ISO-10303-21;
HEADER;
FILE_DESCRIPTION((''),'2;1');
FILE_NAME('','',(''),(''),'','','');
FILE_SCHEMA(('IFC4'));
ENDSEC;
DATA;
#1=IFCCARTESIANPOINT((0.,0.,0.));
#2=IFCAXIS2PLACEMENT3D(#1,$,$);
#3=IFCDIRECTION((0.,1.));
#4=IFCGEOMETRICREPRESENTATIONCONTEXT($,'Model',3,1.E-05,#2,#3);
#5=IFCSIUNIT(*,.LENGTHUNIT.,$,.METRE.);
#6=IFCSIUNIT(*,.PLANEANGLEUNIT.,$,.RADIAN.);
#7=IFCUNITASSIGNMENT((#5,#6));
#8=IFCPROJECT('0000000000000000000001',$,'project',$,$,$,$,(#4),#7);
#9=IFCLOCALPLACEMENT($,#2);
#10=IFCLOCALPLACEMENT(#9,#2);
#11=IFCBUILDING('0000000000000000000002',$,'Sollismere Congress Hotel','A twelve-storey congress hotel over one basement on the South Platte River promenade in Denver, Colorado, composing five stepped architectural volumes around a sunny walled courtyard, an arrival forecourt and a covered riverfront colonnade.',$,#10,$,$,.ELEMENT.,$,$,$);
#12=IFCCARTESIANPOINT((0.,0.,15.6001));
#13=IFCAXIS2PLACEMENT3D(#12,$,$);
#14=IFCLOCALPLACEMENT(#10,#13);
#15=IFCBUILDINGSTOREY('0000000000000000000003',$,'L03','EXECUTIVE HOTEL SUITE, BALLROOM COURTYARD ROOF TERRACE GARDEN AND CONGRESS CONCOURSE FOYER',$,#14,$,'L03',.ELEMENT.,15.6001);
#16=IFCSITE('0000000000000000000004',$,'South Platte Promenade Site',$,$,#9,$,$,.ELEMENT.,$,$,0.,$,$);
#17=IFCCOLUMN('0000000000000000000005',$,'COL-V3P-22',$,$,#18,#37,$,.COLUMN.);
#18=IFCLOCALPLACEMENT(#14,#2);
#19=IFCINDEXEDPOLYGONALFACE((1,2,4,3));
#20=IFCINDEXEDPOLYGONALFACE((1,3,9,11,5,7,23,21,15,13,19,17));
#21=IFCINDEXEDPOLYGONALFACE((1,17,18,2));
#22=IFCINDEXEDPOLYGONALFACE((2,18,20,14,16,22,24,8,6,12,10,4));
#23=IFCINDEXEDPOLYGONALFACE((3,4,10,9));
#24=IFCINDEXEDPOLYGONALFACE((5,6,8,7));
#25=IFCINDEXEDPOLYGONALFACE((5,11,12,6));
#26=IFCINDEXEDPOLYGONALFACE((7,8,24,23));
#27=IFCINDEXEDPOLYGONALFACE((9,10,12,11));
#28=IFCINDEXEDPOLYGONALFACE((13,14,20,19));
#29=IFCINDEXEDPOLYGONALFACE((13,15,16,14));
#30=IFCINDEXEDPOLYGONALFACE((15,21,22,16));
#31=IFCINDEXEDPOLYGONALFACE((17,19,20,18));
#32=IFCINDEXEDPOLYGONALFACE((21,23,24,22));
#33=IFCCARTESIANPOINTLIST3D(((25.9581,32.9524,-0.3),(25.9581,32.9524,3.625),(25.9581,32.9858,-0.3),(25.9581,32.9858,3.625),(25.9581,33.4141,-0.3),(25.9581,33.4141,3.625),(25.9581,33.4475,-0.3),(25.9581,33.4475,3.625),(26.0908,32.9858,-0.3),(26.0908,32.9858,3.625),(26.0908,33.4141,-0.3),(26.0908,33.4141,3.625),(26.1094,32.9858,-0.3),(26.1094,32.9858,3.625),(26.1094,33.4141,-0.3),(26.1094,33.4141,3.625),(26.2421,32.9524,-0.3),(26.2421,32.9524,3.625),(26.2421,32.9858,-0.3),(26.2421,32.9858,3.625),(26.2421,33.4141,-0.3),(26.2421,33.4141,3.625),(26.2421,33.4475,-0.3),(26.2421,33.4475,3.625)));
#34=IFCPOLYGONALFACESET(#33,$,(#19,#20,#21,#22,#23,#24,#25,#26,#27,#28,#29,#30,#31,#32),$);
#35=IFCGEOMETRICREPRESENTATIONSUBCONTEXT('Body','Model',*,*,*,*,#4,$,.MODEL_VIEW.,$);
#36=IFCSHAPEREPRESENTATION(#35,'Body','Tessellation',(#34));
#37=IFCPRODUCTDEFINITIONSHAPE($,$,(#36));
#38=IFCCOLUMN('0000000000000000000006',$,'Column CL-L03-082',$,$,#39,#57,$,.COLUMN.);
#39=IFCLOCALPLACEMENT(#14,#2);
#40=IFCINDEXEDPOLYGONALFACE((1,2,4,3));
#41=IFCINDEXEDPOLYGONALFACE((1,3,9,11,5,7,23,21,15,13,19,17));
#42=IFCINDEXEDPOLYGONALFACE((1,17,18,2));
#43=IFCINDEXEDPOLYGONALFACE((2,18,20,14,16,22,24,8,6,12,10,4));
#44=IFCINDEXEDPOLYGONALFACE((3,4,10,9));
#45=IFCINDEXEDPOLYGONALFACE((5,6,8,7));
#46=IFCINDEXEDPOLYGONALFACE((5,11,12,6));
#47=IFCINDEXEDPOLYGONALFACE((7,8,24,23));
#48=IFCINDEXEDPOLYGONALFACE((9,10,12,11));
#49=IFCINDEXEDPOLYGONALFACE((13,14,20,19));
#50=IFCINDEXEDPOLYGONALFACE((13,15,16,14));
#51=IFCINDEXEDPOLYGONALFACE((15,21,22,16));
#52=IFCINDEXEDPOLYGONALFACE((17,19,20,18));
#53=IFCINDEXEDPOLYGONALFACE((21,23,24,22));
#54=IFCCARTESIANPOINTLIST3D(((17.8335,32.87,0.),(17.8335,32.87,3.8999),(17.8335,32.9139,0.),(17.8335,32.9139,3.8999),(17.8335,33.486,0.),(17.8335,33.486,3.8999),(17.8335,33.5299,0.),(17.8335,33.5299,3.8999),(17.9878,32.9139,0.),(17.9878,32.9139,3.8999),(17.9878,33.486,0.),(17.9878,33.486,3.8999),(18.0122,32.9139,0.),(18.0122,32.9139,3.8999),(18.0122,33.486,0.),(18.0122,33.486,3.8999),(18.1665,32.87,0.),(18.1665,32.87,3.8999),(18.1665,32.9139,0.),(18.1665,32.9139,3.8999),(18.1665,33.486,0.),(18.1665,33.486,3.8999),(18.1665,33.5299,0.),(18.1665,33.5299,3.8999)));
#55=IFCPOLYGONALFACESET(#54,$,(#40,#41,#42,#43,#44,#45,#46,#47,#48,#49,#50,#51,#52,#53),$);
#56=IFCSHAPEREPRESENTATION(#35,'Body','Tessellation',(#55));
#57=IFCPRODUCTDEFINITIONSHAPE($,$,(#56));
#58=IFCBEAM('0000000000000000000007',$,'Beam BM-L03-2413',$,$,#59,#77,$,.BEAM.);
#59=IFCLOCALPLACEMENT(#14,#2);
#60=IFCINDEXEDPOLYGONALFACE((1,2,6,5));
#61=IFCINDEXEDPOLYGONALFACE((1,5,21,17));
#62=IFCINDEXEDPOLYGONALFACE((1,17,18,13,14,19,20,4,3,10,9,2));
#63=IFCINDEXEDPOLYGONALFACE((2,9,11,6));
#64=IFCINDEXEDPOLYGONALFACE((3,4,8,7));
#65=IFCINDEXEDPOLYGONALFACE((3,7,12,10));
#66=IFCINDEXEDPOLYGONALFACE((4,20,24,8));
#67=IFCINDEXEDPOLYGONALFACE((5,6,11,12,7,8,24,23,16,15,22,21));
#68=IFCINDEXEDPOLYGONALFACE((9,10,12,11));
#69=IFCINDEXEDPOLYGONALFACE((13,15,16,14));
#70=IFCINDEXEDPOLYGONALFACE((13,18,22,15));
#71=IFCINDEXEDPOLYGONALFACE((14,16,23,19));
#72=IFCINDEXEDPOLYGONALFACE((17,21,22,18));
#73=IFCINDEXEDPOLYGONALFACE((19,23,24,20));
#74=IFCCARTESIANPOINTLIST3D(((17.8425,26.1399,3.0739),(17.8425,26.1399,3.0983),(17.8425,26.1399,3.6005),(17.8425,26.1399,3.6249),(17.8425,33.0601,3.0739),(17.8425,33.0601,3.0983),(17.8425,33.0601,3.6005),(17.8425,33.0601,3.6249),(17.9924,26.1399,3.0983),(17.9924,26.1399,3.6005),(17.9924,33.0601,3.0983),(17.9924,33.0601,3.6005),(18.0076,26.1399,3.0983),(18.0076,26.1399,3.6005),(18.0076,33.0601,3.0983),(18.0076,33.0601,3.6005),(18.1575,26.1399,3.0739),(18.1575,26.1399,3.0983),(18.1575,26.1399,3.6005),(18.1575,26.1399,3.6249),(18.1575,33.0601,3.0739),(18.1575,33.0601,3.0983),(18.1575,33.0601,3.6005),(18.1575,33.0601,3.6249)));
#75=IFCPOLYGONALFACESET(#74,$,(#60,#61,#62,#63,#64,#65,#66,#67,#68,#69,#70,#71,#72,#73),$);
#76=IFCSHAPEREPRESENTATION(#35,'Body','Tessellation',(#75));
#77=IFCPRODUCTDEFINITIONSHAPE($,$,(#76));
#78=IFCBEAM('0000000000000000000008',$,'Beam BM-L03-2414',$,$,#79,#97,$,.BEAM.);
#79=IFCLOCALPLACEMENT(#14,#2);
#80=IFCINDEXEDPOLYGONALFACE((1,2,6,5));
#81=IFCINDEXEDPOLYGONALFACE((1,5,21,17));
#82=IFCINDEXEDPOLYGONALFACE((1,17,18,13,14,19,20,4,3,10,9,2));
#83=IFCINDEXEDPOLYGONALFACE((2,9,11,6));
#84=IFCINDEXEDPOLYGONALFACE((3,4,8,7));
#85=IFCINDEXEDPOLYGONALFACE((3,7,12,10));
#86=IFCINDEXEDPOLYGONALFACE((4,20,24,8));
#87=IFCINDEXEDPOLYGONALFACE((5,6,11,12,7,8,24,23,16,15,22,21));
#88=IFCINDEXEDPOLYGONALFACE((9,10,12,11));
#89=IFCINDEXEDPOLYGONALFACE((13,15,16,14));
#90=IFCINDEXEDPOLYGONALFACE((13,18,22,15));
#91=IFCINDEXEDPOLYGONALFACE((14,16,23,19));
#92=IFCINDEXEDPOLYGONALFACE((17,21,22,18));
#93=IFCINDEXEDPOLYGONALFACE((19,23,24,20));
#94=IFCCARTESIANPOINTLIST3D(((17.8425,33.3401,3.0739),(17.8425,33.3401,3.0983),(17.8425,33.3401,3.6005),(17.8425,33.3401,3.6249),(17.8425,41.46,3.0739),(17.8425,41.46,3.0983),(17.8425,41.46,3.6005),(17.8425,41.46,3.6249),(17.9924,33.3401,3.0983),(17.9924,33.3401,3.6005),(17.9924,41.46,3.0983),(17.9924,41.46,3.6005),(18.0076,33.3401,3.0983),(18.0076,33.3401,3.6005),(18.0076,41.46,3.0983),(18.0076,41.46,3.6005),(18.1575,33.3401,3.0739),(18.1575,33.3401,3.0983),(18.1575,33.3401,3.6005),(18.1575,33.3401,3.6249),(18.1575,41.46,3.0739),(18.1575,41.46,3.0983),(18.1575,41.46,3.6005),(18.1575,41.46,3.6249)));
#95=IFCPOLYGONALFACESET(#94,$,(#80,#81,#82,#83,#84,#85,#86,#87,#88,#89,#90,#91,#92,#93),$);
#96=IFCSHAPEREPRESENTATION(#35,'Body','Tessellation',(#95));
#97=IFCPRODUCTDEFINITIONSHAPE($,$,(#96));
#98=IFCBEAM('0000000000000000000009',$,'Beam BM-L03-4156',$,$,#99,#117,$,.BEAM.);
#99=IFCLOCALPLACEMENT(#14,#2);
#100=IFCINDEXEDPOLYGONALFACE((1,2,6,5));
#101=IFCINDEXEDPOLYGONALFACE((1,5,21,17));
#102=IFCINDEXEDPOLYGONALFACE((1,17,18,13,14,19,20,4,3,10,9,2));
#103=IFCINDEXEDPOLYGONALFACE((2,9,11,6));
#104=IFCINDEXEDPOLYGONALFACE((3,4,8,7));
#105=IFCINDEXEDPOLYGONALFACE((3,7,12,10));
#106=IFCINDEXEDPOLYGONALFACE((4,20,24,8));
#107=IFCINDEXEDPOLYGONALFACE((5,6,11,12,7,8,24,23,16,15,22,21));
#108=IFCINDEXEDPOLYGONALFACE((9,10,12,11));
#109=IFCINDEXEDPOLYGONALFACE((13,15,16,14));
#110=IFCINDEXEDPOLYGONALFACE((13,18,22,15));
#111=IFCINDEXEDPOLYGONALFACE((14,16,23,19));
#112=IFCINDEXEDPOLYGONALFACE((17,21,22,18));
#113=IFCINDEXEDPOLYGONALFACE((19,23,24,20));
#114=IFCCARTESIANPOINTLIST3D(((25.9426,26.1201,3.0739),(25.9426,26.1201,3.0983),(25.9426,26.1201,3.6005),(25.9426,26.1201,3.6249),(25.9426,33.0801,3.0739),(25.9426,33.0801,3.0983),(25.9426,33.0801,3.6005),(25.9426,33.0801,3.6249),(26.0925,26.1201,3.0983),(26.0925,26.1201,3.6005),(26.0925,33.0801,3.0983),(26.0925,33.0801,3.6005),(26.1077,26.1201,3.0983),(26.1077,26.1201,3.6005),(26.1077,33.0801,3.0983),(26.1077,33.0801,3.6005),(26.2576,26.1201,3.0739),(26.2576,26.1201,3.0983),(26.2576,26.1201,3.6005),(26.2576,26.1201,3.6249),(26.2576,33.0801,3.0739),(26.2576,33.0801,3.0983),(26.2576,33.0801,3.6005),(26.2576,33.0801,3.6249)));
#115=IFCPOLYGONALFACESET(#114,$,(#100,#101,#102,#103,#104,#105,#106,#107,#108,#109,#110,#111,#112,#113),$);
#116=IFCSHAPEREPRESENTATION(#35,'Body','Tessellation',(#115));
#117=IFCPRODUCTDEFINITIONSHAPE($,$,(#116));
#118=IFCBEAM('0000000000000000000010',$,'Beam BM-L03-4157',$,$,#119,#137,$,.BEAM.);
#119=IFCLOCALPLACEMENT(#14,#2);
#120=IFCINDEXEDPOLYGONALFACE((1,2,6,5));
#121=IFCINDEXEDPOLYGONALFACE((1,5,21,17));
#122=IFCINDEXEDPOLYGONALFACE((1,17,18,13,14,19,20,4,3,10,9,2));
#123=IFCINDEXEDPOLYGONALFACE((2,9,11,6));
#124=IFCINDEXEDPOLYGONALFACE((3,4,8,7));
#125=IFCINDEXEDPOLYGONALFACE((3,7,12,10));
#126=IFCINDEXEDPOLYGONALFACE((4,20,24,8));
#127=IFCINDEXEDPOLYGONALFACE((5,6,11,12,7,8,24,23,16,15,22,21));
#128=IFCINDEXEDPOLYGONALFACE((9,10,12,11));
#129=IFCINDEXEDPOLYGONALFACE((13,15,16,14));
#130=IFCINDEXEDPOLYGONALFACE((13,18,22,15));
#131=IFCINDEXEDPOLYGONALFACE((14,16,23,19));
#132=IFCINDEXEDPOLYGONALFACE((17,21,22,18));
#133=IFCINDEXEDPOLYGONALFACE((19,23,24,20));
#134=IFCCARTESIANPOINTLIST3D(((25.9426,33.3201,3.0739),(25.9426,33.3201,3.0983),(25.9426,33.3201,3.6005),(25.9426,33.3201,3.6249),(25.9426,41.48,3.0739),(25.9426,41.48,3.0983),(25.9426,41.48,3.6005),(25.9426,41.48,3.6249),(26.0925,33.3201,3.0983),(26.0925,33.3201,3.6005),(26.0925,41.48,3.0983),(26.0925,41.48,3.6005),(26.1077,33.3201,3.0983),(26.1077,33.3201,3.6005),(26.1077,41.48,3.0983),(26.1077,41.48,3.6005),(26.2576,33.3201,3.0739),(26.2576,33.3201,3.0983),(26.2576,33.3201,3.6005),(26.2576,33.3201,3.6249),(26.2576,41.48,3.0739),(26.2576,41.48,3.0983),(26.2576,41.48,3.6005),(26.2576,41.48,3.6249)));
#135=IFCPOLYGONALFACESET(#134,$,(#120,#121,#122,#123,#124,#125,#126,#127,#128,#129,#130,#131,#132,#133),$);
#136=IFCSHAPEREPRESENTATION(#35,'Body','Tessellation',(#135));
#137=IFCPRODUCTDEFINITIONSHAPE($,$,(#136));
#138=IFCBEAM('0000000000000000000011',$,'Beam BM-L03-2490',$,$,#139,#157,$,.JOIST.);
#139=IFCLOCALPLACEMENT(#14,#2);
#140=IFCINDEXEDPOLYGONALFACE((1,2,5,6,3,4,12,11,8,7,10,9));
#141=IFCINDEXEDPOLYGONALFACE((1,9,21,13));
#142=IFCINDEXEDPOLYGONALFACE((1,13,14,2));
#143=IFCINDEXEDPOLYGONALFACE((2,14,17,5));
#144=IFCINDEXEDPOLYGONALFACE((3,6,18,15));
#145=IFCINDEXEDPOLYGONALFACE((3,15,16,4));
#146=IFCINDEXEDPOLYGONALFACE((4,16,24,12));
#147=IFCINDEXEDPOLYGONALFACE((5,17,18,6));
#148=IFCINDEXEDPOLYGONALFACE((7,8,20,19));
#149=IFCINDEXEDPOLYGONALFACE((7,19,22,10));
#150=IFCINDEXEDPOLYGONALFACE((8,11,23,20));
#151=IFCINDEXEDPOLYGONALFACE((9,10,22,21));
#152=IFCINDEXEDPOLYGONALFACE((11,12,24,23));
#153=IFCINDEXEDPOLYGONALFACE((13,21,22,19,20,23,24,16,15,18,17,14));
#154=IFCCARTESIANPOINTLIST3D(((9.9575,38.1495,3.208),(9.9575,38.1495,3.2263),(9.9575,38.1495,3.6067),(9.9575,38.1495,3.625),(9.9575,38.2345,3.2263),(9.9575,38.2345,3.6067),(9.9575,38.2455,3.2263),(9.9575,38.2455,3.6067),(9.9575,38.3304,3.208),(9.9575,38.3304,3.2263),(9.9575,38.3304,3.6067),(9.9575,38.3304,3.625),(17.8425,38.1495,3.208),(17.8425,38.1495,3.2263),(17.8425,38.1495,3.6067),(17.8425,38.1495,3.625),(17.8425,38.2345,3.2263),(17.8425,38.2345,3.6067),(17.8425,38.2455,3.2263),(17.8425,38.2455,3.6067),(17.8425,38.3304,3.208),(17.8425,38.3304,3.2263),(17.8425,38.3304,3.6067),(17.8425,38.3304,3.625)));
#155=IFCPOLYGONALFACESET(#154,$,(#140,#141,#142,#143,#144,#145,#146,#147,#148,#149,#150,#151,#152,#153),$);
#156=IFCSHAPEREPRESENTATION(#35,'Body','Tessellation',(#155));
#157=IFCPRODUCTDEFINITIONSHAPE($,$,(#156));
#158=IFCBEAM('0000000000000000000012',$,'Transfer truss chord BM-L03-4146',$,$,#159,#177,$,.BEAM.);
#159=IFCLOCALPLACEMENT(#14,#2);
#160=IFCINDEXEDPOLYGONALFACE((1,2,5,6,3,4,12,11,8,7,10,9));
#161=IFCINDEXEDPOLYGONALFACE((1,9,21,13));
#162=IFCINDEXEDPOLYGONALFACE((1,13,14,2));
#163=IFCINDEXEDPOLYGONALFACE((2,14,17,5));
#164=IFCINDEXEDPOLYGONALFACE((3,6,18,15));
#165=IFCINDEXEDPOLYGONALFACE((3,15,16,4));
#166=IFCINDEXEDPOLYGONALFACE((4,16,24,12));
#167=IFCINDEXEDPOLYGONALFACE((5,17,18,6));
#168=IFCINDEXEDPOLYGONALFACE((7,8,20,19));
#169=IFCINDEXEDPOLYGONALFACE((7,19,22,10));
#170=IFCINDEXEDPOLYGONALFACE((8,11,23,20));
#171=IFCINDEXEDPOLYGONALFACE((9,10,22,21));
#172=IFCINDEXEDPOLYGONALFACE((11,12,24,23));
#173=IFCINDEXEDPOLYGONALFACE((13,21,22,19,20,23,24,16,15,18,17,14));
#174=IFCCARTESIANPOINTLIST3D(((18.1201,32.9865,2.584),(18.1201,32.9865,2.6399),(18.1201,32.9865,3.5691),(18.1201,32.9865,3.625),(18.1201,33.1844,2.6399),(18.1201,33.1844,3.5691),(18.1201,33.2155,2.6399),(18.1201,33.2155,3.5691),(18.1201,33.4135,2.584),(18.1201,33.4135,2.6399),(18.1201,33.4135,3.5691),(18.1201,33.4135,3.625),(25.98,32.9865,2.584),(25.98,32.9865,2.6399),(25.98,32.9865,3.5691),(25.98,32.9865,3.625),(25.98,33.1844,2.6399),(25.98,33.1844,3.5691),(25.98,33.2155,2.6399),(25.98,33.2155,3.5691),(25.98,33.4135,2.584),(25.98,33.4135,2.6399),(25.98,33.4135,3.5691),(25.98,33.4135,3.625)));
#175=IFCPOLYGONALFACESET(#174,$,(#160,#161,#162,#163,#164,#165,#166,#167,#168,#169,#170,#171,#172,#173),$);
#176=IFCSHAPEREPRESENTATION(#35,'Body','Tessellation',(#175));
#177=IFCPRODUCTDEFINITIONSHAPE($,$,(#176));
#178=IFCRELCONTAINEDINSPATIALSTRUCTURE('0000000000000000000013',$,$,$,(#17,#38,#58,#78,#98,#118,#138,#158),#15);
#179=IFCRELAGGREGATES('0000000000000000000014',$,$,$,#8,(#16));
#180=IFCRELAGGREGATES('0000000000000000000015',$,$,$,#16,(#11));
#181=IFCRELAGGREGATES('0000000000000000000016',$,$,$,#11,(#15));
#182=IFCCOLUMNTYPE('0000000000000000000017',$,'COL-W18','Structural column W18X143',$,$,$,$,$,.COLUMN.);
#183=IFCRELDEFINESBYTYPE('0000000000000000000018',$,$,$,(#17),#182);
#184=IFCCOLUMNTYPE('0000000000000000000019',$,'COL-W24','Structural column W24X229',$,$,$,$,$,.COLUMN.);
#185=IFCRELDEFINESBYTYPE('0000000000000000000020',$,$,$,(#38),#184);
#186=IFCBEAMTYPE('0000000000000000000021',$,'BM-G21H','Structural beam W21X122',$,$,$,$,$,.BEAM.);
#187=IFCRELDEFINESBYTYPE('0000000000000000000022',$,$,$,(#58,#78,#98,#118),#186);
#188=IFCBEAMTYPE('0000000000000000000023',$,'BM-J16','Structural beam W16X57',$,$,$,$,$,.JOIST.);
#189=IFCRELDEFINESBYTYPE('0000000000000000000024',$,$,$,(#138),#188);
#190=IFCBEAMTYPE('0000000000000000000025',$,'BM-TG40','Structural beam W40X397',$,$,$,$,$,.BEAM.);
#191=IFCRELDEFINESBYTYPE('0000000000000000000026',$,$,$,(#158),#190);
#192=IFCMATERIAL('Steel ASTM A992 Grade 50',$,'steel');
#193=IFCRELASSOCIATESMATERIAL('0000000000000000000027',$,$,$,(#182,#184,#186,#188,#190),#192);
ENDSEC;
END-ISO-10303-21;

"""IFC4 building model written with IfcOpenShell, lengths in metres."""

from ifc_helpers import new_model, si_unit, direction, frame, origin, origin_2d, place, context, subcontext, project, spatial, i_section, extrude, material, material_profile, profile_set, type_object, element, save


model = new_model("IFC4")

# Units and contexts
model_context = context("Model", 3, precision=1e-05, world=origin(), true_north=direction((0.0, 1.0)))
body_context = subcontext(model_context, "Body", "Model", "MODEL_VIEW")
ifc_project = project(units=[si_unit("LENGTHUNIT", "METRE"), si_unit("PLANEANGLEUNIT", "RADIAN")], contexts=[model_context])

# Site, building, storey
site_placement = place(None, origin())
site = spatial("IfcSite", under=ifc_project, at=site_placement, Name="South Platte Promenade Site", CompositionType="ELEMENT", RefElevation=0.0)
building_placement = place(site_placement, origin())
building = spatial("IfcBuilding", under=site, at=building_placement, Name="Sollismere Congress Hotel", Description="A twelve-storey congress hotel over one basement on the South Platte River promenade in Denver, Colorado, composing five stepped architectural volumes around a sunny walled courtyard, an arrival forecourt and a covered riverfront colonnade.", CompositionType="ELEMENT")
storey_placement = place(building_placement, frame((0.0, 0.0, 15.6001)))
storey = spatial("IfcBuildingStorey", under=building, at=storey_placement, Name="L03", Description="EXECUTIVE HOTEL SUITE, BALLROOM COURTYARD ROOF TERRACE GARDEN AND CONGRESS CONCOURSE FOYER", LongName="L03", CompositionType="ELEMENT", Elevation=15.6001)

# Columns
ifc_material_1 = material(Name="Steel ASTM A992 Grade 50", Category="steel")
ifc_material_profile_1 = material_profile(ifc_material_1, i_section(OverallWidth=0.2839, OverallDepth=0.4951, WebThickness=0.0186, FlangeThickness=0.0334, at=origin_2d()), Name="W18X143")
ifc_profile_set_1 = profile_set([ifc_material_profile_1], Name="Steel ASTM A992 Grade 50")
column_type_1 = type_object("IfcColumnType", Name="COL-W18", Description="Structural column W18X143", PredefinedType="COLUMN", material=ifc_profile_set_1)
column_1_placement = place(storey_placement, frame((26.1001, 33.2, -0.3), z_axis=(0.0, 0.0, 1.0), x_axis=(1.0, 0.0, 0.0)))
element("IfcColumn", 1, at=column_1_placement, inside=storey, type_object=column_type_1, Name="COL-V3P-22", PredefinedType="COLUMN", context=body_context, shape_type="SweptSolid", body=[
    extrude(i_section(OverallWidth=0.2839, OverallDepth=0.4951, WebThickness=0.0186, FlangeThickness=0.0334, at=origin_2d()), origin(), (0.0, 0.0, 1.0), 3.925),
])
ifc_material_profile_2 = material_profile(ifc_material_1, i_section(OverallWidth=0.333, OverallDepth=0.6599, WebThickness=0.0244, FlangeThickness=0.0439, at=origin_2d()), Name="W24X229")
ifc_profile_set_2 = profile_set([ifc_material_profile_2], Name="Steel ASTM A992 Grade 50")
column_type_2 = type_object("IfcColumnType", Name="COL-W24", Description="Structural column W24X229", PredefinedType="COLUMN", material=ifc_profile_set_2)
column_2_placement = place(storey_placement, frame((18.0, 33.2, 0.0), z_axis=(0.0, 0.0, 1.0), x_axis=(1.0, 0.0, 0.0)))
element("IfcColumn", 2, at=column_2_placement, inside=storey, type_object=column_type_2, Name="Column CL-L03-082", PredefinedType="COLUMN", context=body_context, shape_type="SweptSolid", body=[
    extrude(i_section(OverallWidth=0.333, OverallDepth=0.6599, WebThickness=0.0244, FlangeThickness=0.0439, at=origin_2d()), origin(), (0.0, 0.0, 1.0), 3.8999),
])

# Beams
ifc_material_profile_3 = material_profile(ifc_material_1, i_section(OverallWidth=0.3149, OverallDepth=0.551, WebThickness=0.0151, FlangeThickness=0.0244, at=origin_2d()), Name="W21X122")
ifc_profile_set_3 = profile_set([ifc_material_profile_3], Name="Steel ASTM A992 Grade 50")
beam_type_1 = type_object("IfcBeamType", Name="BM-G21H", Description="Structural beam W21X122", PredefinedType="BEAM", material=ifc_profile_set_3)
beam_1_placement = place(storey_placement, frame((18.0, 26.1399, 3.3494), z_axis=(0.0, 1.0, 0.0), x_axis=(-1.0, 0.0, 0.0)))
element("IfcBeam", 3, at=beam_1_placement, inside=storey, type_object=beam_type_1, Name="Beam BM-L03-2413", PredefinedType="BEAM", context=body_context, shape_type="SweptSolid", body=[
    extrude(i_section(OverallWidth=0.3149, OverallDepth=0.551, WebThickness=0.0151, FlangeThickness=0.0244, at=origin_2d()), origin(), (0.0, 0.0, 1.0), 6.9202),
])
beam_2_placement = place(storey_placement, frame((18.0, 33.3401, 3.3494), z_axis=(0.0, 1.0, 0.0), x_axis=(-1.0, 0.0, 0.0)))
element("IfcBeam", 4, at=beam_2_placement, inside=storey, type_object=beam_type_1, Name="Beam BM-L03-2414", PredefinedType="BEAM", context=body_context, shape_type="SweptSolid", body=[
    extrude(i_section(OverallWidth=0.3149, OverallDepth=0.551, WebThickness=0.0151, FlangeThickness=0.0244, at=origin_2d()), origin(), (0.0, 0.0, 1.0), 8.1199),
])
beam_3_placement = place(storey_placement, frame((26.1001, 26.1201, 3.3494), z_axis=(0.0, 1.0, 0.0), x_axis=(-1.0, 0.0, 0.0)))
element("IfcBeam", 5, at=beam_3_placement, inside=storey, type_object=beam_type_1, Name="Beam BM-L03-4156", PredefinedType="BEAM", context=body_context, shape_type="SweptSolid", body=[
    extrude(i_section(OverallWidth=0.3149, OverallDepth=0.551, WebThickness=0.0151, FlangeThickness=0.0244, at=origin_2d()), origin(), (0.0, 0.0, 1.0), 6.96),
])
beam_4_placement = place(storey_placement, frame((26.1001, 33.3201, 3.3494), z_axis=(0.0, 1.0, 0.0), x_axis=(-1.0, 0.0, 0.0)))
element("IfcBeam", 6, at=beam_4_placement, inside=storey, type_object=beam_type_1, Name="Beam BM-L03-4157", PredefinedType="BEAM", context=body_context, shape_type="SweptSolid", body=[
    extrude(i_section(OverallWidth=0.3149, OverallDepth=0.551, WebThickness=0.0151, FlangeThickness=0.0244, at=origin_2d()), origin(), (0.0, 0.0, 1.0), 8.1599),
])
ifc_material_profile_4 = material_profile(ifc_material_1, i_section(OverallWidth=0.1809, OverallDepth=0.417, WebThickness=0.011, FlangeThickness=0.0183, at=origin_2d()), Name="W16X57")
ifc_profile_set_4 = profile_set([ifc_material_profile_4], Name="Steel ASTM A992 Grade 50")
beam_type_2 = type_object("IfcBeamType", Name="BM-J16", Description="Structural beam W16X57", PredefinedType="JOIST", material=ifc_profile_set_4)
beam_5_placement = place(storey_placement, frame((9.9575, 38.24, 3.4165), z_axis=(1.0, 0.0, 0.0), x_axis=(0.0, 1.0, 0.0)))
element("IfcBeam", 7, at=beam_5_placement, inside=storey, type_object=beam_type_2, Name="Beam BM-L03-2490", PredefinedType="JOIST", context=body_context, shape_type="SweptSolid", body=[
    extrude(i_section(OverallWidth=0.1809, OverallDepth=0.417, WebThickness=0.011, FlangeThickness=0.0183, at=origin_2d()), origin(), (0.0, 0.0, 1.0), 7.885),
])
ifc_material_profile_5 = material_profile(ifc_material_1, i_section(OverallWidth=0.427, OverallDepth=1.041, WebThickness=0.031, FlangeThickness=0.0559, at=origin_2d()), Name="W40X397")
ifc_profile_set_5 = profile_set([ifc_material_profile_5], Name="Steel ASTM A992 Grade 50")
beam_type_3 = type_object("IfcBeamType", Name="BM-TG40", Description="Structural beam W40X397", PredefinedType="BEAM", material=ifc_profile_set_5)
beam_6_placement = place(storey_placement, frame((18.1201, 33.2, 3.1045), z_axis=(1.0, 0.0, 0.0), x_axis=(0.0, 1.0, 0.0)))
element("IfcBeam", 8, at=beam_6_placement, inside=storey, type_object=beam_type_3, Name="Transfer truss chord BM-L03-4146", PredefinedType="BEAM", context=body_context, shape_type="SweptSolid", body=[
    extrude(i_section(OverallWidth=0.427, OverallDepth=1.041, WebThickness=0.031, FlangeThickness=0.0559, at=origin_2d()), origin(), (0.0, 0.0, 1.0), 7.8599),
])

save(model, "model.ifc")
